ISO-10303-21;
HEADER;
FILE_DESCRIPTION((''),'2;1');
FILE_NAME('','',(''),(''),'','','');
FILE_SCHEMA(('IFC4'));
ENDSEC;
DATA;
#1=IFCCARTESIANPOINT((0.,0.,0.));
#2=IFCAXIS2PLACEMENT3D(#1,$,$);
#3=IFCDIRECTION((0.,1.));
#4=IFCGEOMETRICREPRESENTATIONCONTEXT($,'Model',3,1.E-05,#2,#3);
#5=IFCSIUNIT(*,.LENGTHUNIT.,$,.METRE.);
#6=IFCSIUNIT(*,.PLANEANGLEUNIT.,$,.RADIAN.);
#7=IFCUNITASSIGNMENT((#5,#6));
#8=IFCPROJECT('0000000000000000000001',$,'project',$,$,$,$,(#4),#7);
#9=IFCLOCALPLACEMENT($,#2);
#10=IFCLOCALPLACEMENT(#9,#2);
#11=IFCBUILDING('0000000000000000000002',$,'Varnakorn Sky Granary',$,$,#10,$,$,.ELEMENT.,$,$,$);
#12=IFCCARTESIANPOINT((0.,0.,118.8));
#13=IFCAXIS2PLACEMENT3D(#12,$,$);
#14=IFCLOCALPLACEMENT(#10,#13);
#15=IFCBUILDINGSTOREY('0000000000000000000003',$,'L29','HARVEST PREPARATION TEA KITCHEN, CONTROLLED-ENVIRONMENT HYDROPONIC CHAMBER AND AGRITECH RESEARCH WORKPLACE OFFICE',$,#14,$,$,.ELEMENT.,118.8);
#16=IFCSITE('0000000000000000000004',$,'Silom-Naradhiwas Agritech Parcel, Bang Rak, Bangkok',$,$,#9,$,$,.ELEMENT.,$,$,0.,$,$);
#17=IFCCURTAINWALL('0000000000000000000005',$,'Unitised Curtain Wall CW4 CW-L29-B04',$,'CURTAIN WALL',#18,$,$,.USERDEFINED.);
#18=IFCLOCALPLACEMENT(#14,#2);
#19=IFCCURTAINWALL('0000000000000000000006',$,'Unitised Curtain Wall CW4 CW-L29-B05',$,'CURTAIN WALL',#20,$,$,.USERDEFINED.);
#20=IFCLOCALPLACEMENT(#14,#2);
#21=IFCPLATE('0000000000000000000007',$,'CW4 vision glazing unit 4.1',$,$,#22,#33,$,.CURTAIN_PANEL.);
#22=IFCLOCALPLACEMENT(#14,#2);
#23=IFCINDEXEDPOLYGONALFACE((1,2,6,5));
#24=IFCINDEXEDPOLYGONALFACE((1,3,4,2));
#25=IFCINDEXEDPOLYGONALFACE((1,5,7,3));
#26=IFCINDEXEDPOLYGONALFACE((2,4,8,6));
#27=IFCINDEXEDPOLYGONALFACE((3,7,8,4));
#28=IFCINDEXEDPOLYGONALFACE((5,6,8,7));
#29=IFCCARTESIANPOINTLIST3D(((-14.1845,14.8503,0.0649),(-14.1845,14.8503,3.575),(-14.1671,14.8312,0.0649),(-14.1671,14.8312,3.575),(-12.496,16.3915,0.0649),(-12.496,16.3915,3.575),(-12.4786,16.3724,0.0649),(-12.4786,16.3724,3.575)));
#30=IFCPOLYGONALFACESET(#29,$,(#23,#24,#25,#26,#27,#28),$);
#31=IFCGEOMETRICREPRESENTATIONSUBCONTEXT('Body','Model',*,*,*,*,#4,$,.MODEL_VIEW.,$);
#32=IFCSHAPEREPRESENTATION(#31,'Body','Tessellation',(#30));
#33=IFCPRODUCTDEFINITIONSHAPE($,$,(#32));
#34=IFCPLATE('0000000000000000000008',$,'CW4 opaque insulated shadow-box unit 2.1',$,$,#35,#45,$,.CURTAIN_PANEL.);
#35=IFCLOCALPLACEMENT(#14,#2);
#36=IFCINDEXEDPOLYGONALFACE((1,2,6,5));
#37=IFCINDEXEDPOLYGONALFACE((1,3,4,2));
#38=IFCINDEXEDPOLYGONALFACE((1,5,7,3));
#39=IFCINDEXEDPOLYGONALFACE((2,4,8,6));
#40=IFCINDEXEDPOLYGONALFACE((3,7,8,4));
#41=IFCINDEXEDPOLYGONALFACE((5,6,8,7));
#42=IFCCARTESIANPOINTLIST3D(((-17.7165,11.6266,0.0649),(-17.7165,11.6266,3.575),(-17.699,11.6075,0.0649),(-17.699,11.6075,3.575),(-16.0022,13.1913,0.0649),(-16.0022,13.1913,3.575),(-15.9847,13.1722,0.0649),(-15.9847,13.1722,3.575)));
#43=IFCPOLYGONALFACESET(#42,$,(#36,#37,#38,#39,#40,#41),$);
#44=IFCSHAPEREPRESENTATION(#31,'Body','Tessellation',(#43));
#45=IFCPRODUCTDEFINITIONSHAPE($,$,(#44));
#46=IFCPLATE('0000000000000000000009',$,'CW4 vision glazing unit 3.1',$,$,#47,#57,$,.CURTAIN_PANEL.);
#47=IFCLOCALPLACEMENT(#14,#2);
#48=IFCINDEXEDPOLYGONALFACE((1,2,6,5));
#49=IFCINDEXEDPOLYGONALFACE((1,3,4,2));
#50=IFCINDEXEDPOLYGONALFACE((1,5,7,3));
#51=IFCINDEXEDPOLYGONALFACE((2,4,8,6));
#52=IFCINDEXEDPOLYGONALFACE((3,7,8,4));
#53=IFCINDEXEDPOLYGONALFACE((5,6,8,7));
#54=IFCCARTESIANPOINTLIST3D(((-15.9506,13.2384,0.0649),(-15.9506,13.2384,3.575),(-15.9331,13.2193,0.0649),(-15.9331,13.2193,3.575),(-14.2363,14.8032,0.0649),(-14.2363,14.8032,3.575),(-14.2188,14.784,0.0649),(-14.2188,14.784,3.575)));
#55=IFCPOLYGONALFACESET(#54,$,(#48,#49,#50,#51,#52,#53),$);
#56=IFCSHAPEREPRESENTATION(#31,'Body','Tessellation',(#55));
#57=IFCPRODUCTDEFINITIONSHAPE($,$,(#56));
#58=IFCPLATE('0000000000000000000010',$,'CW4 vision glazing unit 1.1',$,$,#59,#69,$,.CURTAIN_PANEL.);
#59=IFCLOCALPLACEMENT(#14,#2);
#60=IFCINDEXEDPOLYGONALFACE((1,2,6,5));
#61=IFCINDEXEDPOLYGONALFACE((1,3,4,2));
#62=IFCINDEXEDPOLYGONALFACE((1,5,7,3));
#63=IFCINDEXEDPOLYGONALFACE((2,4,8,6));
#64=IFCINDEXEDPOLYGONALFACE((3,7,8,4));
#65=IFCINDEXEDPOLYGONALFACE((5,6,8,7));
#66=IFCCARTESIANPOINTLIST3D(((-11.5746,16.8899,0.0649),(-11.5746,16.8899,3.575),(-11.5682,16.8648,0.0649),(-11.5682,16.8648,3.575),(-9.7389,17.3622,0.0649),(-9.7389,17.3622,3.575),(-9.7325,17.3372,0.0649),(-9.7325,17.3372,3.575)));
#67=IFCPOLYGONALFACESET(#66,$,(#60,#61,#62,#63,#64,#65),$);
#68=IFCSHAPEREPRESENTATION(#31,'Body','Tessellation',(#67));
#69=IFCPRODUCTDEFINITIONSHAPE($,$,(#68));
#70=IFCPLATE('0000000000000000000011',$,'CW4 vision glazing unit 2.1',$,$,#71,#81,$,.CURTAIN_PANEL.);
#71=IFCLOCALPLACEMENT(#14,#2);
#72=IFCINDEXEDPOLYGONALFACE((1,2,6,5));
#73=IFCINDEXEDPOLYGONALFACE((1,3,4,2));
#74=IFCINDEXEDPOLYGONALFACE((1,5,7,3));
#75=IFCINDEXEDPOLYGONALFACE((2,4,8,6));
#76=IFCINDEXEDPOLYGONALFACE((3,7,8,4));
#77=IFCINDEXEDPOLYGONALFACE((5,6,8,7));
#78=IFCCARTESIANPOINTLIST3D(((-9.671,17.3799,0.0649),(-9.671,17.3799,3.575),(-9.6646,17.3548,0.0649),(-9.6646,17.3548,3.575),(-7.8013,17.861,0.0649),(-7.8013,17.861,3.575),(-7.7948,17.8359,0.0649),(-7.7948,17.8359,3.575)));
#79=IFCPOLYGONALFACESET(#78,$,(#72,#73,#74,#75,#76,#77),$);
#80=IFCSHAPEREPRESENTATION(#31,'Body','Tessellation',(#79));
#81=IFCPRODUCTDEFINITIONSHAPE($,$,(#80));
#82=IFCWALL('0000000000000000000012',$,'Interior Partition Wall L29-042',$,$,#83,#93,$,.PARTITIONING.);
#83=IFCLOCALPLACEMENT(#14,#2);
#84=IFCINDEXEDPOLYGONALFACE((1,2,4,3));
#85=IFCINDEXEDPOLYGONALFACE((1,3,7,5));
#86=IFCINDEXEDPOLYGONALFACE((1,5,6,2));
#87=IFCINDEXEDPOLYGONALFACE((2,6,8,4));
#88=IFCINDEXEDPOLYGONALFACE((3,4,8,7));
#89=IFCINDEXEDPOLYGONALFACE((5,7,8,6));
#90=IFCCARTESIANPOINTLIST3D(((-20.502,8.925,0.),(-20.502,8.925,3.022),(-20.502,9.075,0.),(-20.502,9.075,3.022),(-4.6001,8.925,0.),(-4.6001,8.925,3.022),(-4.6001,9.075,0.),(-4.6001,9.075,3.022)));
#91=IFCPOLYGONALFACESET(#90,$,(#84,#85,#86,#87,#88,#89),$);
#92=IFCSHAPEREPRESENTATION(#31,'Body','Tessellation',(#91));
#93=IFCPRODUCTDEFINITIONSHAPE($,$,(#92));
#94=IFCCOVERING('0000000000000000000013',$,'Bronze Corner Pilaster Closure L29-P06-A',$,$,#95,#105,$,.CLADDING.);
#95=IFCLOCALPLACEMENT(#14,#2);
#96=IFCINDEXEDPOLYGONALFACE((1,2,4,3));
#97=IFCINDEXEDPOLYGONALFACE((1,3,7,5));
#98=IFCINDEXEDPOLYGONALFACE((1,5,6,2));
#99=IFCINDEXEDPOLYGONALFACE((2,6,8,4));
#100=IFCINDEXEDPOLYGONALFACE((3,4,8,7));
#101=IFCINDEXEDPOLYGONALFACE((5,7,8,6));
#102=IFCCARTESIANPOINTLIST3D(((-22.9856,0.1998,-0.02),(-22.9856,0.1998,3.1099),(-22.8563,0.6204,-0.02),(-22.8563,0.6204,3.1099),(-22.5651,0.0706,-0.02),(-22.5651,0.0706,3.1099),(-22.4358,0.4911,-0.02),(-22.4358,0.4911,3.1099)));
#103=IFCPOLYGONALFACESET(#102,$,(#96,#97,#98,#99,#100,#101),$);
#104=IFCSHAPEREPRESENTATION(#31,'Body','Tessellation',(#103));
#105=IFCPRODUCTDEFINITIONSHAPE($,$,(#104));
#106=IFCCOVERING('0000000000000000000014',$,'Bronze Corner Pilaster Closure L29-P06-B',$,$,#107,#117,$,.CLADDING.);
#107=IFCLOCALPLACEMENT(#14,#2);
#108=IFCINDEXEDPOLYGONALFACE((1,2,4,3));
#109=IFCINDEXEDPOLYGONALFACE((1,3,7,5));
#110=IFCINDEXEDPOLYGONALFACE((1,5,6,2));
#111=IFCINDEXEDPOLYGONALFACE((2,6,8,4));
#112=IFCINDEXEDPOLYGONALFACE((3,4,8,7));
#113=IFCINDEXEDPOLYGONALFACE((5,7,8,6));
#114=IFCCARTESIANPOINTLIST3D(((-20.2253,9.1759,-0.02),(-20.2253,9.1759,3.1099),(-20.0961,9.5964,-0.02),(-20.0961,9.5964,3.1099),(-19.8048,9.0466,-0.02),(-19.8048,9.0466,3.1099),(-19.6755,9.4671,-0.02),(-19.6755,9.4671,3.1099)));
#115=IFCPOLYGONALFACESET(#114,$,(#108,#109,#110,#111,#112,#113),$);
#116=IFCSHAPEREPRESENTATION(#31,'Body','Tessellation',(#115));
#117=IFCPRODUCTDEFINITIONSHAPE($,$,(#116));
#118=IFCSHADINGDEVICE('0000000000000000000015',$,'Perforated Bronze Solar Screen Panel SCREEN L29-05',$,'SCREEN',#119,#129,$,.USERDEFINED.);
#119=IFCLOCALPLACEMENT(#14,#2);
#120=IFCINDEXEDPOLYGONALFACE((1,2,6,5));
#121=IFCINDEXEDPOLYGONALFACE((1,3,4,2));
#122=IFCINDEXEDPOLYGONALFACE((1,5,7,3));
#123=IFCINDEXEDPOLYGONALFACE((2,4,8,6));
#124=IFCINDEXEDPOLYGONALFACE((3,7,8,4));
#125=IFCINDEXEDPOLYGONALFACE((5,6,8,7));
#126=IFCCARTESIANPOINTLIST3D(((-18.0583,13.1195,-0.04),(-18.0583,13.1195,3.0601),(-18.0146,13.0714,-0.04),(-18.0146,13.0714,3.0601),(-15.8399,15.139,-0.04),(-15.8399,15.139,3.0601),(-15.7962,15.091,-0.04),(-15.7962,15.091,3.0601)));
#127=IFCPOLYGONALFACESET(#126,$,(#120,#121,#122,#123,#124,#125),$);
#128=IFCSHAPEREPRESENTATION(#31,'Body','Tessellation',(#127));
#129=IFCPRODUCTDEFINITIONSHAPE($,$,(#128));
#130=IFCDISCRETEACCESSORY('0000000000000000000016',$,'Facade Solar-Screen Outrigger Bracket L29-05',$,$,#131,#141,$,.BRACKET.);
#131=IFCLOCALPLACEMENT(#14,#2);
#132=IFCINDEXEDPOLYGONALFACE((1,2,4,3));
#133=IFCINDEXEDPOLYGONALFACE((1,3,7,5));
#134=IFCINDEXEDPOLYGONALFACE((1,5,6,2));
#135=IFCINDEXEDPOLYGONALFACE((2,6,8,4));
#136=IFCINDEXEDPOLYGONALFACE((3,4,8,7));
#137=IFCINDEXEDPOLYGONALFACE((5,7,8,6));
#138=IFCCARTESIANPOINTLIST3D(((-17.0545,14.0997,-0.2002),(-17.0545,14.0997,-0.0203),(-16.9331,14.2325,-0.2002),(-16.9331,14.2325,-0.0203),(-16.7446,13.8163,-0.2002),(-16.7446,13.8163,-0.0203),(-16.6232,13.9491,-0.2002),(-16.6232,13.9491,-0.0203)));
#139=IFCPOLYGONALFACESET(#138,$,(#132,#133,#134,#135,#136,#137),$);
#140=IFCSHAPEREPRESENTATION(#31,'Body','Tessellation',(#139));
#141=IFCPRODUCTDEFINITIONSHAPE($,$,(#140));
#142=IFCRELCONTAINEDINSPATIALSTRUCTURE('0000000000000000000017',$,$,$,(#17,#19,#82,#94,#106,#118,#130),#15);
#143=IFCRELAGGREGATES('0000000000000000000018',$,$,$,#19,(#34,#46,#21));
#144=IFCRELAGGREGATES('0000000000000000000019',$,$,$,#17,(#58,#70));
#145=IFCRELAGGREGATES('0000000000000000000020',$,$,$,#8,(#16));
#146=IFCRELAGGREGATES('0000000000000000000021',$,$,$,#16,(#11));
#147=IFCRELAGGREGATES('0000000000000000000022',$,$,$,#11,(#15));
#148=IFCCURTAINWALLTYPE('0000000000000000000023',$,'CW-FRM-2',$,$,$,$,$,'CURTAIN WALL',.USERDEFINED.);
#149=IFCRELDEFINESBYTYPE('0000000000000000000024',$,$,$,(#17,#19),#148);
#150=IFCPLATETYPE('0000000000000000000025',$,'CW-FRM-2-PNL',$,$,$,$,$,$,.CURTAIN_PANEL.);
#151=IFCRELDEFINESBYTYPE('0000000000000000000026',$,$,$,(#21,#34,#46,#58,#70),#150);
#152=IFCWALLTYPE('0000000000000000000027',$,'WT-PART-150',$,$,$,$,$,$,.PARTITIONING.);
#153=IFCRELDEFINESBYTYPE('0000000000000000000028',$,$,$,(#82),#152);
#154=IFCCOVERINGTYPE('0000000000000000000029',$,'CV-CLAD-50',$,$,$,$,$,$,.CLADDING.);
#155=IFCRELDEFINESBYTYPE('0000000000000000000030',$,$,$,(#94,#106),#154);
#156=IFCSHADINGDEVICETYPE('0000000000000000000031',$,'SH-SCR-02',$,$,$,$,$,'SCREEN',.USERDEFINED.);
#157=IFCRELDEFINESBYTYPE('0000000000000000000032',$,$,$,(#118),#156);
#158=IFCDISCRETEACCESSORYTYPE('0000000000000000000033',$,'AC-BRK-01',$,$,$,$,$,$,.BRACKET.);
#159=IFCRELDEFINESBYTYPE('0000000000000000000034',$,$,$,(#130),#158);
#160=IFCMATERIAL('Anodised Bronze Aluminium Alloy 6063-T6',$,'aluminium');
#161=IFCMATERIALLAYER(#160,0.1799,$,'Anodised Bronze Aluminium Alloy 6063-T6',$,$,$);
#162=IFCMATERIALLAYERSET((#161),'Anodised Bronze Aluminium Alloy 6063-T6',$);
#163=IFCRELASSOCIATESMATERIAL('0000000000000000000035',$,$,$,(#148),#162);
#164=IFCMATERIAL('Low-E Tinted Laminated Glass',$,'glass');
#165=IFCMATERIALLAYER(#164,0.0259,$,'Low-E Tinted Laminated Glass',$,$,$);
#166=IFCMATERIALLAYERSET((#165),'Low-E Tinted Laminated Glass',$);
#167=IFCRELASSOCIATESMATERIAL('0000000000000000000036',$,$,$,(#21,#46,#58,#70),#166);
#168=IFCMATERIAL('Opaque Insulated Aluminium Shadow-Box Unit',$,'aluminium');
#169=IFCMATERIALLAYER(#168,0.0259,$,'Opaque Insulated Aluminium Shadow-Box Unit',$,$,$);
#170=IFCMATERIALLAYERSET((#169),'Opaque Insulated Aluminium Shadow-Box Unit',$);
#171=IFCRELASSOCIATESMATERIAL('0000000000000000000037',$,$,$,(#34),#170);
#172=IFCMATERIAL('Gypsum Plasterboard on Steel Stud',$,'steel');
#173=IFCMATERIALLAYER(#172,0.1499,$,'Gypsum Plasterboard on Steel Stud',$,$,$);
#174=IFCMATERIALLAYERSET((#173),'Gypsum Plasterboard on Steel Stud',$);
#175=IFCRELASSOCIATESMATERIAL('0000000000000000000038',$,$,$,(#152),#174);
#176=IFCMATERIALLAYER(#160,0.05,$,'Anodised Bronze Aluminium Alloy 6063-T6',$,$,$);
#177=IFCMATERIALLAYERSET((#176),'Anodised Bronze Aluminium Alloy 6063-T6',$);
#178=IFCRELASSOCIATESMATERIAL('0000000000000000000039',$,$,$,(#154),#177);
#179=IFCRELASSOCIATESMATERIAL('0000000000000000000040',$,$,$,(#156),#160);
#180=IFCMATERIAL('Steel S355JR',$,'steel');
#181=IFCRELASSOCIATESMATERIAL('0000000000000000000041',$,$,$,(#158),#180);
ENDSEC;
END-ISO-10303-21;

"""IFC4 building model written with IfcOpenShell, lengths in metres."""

from ifc_helpers import new_model, si_unit, direction, frame, frame_2d, origin, origin_2d, place, context, subcontext, project, spatial, rectangle, extrude, source, transform, mapped, material, layer, layer_set, type_object, type_shapes, element, aggregate, save


model = new_model("IFC4")

# Units and contexts
model_context = context("Model", 3, precision=1e-05, world=origin(), true_north=direction((0.0, 1.0)))
body_context = subcontext(model_context, "Body", "Model", "MODEL_VIEW")
ifc_project = project(units=[si_unit("LENGTHUNIT", "METRE"), si_unit("PLANEANGLEUNIT", "RADIAN")], contexts=[model_context])

# Site, building, storey
site_placement = place(None, origin())
site = spatial("IfcSite", under=ifc_project, at=site_placement, Name="Silom-Naradhiwas Agritech Parcel, Bang Rak, Bangkok", CompositionType="ELEMENT", RefElevation=0.0)
building_placement = place(site_placement, origin())
building = spatial("IfcBuilding", under=site, at=building_placement, Name="Varnakorn Sky Granary", CompositionType="ELEMENT")
storey_placement = place(building_placement, frame((0.0, 0.0, 118.8)))
storey = spatial("IfcBuildingStorey", under=building, at=storey_placement, Name="L29", Description="HARVEST PREPARATION TEA KITCHEN, CONTROLLED-ENVIRONMENT HYDROPONIC CHAMBER AND AGRITECH RESEARCH WORKPLACE OFFICE", CompositionType="ELEMENT", Elevation=118.8)

# Shared definitions
ifc_material_1 = material(Name="Steel S355JR", Category="steel")

# Curtain walls
ifc_material_2 = material(Name="Anodised Bronze Aluminium Alloy 6063-T6", Category="aluminium")
ifc_layer_1 = layer(ifc_material_2, 0.1799, Name="Anodised Bronze Aluminium Alloy 6063-T6")
ifc_layer_set_1 = layer_set([ifc_layer_1], Name="Anodised Bronze Aluminium Alloy 6063-T6")
curtain_wall_type = type_object("IfcCurtainWallType", Name="CW-FRM-2", ElementType="CURTAIN WALL", PredefinedType="USERDEFINED", material=ifc_layer_set_1)
curtain_wall_1_placement = place(storey_placement, origin())
curtain_wall_1 = element("IfcCurtainWall", 1, at=curtain_wall_1_placement, inside=storey, type_object=curtain_wall_type, Name="Unitised Curtain Wall CW4 CW-L29-B04", ObjectType="CURTAIN WALL", PredefinedType="USERDEFINED")
curtain_wall_2_placement = place(storey_placement, origin())
curtain_wall_2 = element("IfcCurtainWall", 2, at=curtain_wall_2_placement, inside=storey, type_object=curtain_wall_type, Name="Unitised Curtain Wall CW4 CW-L29-B05", ObjectType="CURTAIN WALL", PredefinedType="USERDEFINED")

# Plates
ifc_material_3 = material(Name="Opaque Insulated Aluminium Shadow-Box Unit", Category="aluminium")
ifc_layer_2 = layer(ifc_material_3, 0.0259, Name="Opaque Insulated Aluminium Shadow-Box Unit")
ifc_layer_set_2 = layer_set([ifc_layer_2], Name="Opaque Insulated Aluminium Shadow-Box Unit")
plate_type = type_object("IfcPlateType", Name="CW-FRM-2-PNL", PredefinedType="CURTAIN_PANEL")
shared_shape_1 = source(origin(), body_context, "Body", "SweptSolid", [
    extrude(rectangle(XDim=2.2861, YDim=0.0259, at=origin_2d()), origin(), (0.0, 0.0, 1.0), 3.51),
])
ifc_material_4 = material(Name="Low-E Tinted Laminated Glass", Category="glass")
ifc_layer_3 = layer(ifc_material_4, 0.0259, Name="Low-E Tinted Laminated Glass")
ifc_layer_set_3 = layer_set([ifc_layer_3], Name="Low-E Tinted Laminated Glass")
plate_1_placement = place(storey_placement, frame((-13.3315, 15.6113, 0.0649), z_axis=(0.0, 0.0, 1.0), x_axis=(0.738592, 0.674153, 0.0)))
plate_1 = element("IfcPlate", 3, at=plate_1_placement, type_object=plate_type, material=ifc_layer_set_3, Name="CW4 vision glazing unit 4.1", PredefinedType="CURTAIN_PANEL", context=body_context, shape_type="MappedRepresentation", body=[
    mapped(shared_shape_1, transform((0.0, 0.0, 0.0), x_axis=(1.0, 0.0, 0.0), y_axis=(0.0, 1.0, 0.0), z_axis=(0.0, 0.0, 1.0), scale=1.0)),
])
shared_shape_2 = source(origin(), body_context, "Body", "SweptSolid", [
    extrude(rectangle(XDim=2.321, YDim=0.0259, at=origin_2d()), origin(), (0.0, 0.0, 1.0), 3.51),
])
plate_2_placement = place(storey_placement, frame((-16.8506, 12.3994, 0.0649), z_axis=(0.0, 0.0, 1.0), x_axis=(0.738592, 0.674153, 0.0)))
plate_2 = element("IfcPlate", 4, at=plate_2_placement, type_object=plate_type, material=ifc_layer_set_2, Name="CW4 opaque insulated shadow-box unit 2.1", PredefinedType="CURTAIN_PANEL", context=body_context, shape_type="MappedRepresentation", body=[
    mapped(shared_shape_2, transform((0.0, 0.0, 0.0), x_axis=(1.0, 0.0, 0.0), y_axis=(0.0, 1.0, 0.0), z_axis=(0.0, 0.0, 1.0), scale=1.0)),
])
plate_3_placement = place(storey_placement, frame((-15.0847, 14.0112, 0.0649), z_axis=(0.0, 0.0, 1.0), x_axis=(0.738592, 0.674153, 0.0)))
plate_3 = element("IfcPlate", 5, at=plate_3_placement, type_object=plate_type, material=ifc_layer_set_3, Name="CW4 vision glazing unit 3.1", PredefinedType="CURTAIN_PANEL", context=body_context, shape_type="MappedRepresentation", body=[
    mapped(shared_shape_2, transform((0.0, 0.0, 0.0), x_axis=(1.0, 0.0, 0.0), y_axis=(0.0, 1.0, 0.0), z_axis=(0.0, 0.0, 1.0), scale=1.0)),
])
aggregate(curtain_wall_2, [plate_2, plate_3, plate_1])
shared_shape_3 = source(origin(), body_context, "Body", "SweptSolid", [
    extrude(rectangle(XDim=1.8955, YDim=0.0259, at=origin_2d()), origin(), (0.0, 0.0, 1.0), 3.51),
])
plate_4_placement = place(storey_placement, frame((-10.6536, 17.1135, 0.0649), z_axis=(0.0, 0.0, 1.0), x_axis=(0.968453, 0.249196, 0.0)))
plate_4 = element("IfcPlate", 6, at=plate_4_placement, type_object=plate_type, material=ifc_layer_set_3, Name="CW4 vision glazing unit 1.1", PredefinedType="CURTAIN_PANEL", context=body_context, shape_type="MappedRepresentation", body=[
    mapped(shared_shape_3, transform((0.0, 0.0, 0.0), x_axis=(1.0, 0.0, 0.0), y_axis=(0.0, 1.0, 0.0), z_axis=(0.0, 0.0, 1.0), scale=1.0)),
])
shared_shape_4 = source(origin(), body_context, "Body", "SweptSolid", [
    extrude(rectangle(XDim=1.9307, YDim=0.0259, at=origin_2d()), origin(), (0.0, 0.0, 1.0), 3.51),
])
type_shapes(plate_type, [shared_shape_1, shared_shape_2, shared_shape_3, shared_shape_4])
plate_5_placement = place(storey_placement, frame((-8.7329, 17.6079, 0.0649), z_axis=(0.0, 0.0, 1.0), x_axis=(0.968453, 0.249196, 0.0)))
plate_5 = element("IfcPlate", 7, at=plate_5_placement, type_object=plate_type, material=ifc_layer_set_3, Name="CW4 vision glazing unit 2.1", PredefinedType="CURTAIN_PANEL", context=body_context, shape_type="MappedRepresentation", body=[
    mapped(shared_shape_4, transform((0.0, 0.0, 0.0), x_axis=(1.0, 0.0, 0.0), y_axis=(0.0, 1.0, 0.0), z_axis=(0.0, 0.0, 1.0), scale=1.0)),
])
aggregate(curtain_wall_1, [plate_4, plate_5])

# Wall
ifc_material_5 = material(Name="Gypsum Plasterboard on Steel Stud", Category="steel")
ifc_layer_4 = layer(ifc_material_5, 0.1499, Name="Gypsum Plasterboard on Steel Stud")
ifc_layer_set_4 = layer_set([ifc_layer_4], Name="Gypsum Plasterboard on Steel Stud")
wall_type = type_object("IfcWallType", Name="WT-PART-150", PredefinedType="PARTITIONING", material=ifc_layer_set_4)
wall_placement = place(storey_placement, frame((-20.502, 9.0, 0.0), z_axis=(0.0, 0.0, 1.0), x_axis=(1.0, 0.0, 0.0)))
element("IfcWall", 8, at=wall_placement, inside=storey, type_object=wall_type, Name="Interior Partition Wall L29-042", PredefinedType="PARTITIONING", context=body_context, shape_type="SweptSolid", body=[
    extrude(rectangle(XDim=15.9019, YDim=0.1499, at=frame_2d((7.9509, 0.0))), origin(), (0.0, 0.0, 1.0), 3.022),
])

# Coverings
ifc_layer_5 = layer(ifc_material_2, 0.05, Name="Anodised Bronze Aluminium Alloy 6063-T6")
ifc_layer_set_5 = layer_set([ifc_layer_5], Name="Anodised Bronze Aluminium Alloy 6063-T6")
covering_type = type_object("IfcCoveringType", Name="CV-CLAD-50", PredefinedType="CLADDING", material=ifc_layer_set_5)
shared_shape_5 = source(origin(), body_context, "Body", "SweptSolid", [
    extrude(rectangle(XDim=0.4399, YDim=0.4399, at=origin_2d()), origin(), (0.0, 0.0, 1.0), 3.1299),
])
type_shapes(covering_type, [shared_shape_5])
for number, where, z_axis, x_axis, name in (
    (9, (-22.7107, 0.3455, -0.02), (0.0, 0.0, 1.0), (0.293874, 0.955844, 0.0), "Bronze Corner Pilaster Closure L29-P06-A"),
    (10, (-19.9504, 9.3215, -0.02), (0.0, 0.0, 1.0), (0.293874, 0.955844, 0.0), "Bronze Corner Pilaster Closure L29-P06-B"),
):
    element("IfcCovering", number, at=place(storey_placement, frame(where, z_axis=z_axis, x_axis=x_axis)), inside=storey, type_object=covering_type, Name=name, PredefinedType="CLADDING", context=body_context, shape_type="MappedRepresentation", body=[
        mapped(shared_shape_5, transform((0.0, 0.0, 0.0), x_axis=(1.0, 0.0, 0.0), y_axis=(0.0, 1.0, 0.0), z_axis=(0.0, 0.0, 1.0), scale=1.0)),
    ])

# Shading device
shading_device_type = type_object("IfcShadingDeviceType", Name="SH-SCR-02", ElementType="SCREEN", PredefinedType="USERDEFINED", material=ifc_material_2)
shared_shape_6 = source(origin(), body_context, "Body", "SweptSolid", [
    extrude(rectangle(XDim=3.0, YDim=0.0649, at=origin_2d()), origin(), (0.0, 0.0, 1.0), 3.1001),
])
type_shapes(shading_device_type, [shared_shape_6])
shading_device_placement = place(storey_placement, frame((-16.9272, 14.1052, -0.04), z_axis=(0.0, 0.0, 1.0), x_axis=(-0.739478, -0.673181, 0.0)))
element("IfcShadingDevice", 11, at=shading_device_placement, inside=storey, type_object=shading_device_type, Name="Perforated Bronze Solar Screen Panel SCREEN L29-05", ObjectType="SCREEN", PredefinedType="USERDEFINED", context=body_context, shape_type="MappedRepresentation", body=[
    mapped(shared_shape_6, transform((0.0, 0.0, 0.0), x_axis=(1.0, 0.0, 0.0), y_axis=(0.0, 1.0, 0.0), z_axis=(0.0, 0.0, 1.0), scale=1.0)),
])

# Discrete accessory
discrete_accessory_type = type_object("IfcDiscreteAccessoryType", Name="AC-BRK-01", PredefinedType="BRACKET", material=ifc_material_1)
shared_shape_7 = source(origin(), body_context, "Body", "SweptSolid", [
    extrude(rectangle(XDim=0.1799, YDim=0.4199, at=origin_2d()), origin(), (0.0, 0.0, 1.0), 0.1799),
])
type_shapes(discrete_accessory_type, [shared_shape_7])
discrete_accessory_placement = place(storey_placement, frame((-16.8389, 14.0244, -0.2002), z_axis=(0.0, 0.0, 1.0), x_axis=(-0.674779, -0.73802, 0.0)))
element("IfcDiscreteAccessory", 12, at=discrete_accessory_placement, inside=storey, type_object=discrete_accessory_type, Name="Facade Solar-Screen Outrigger Bracket L29-05", PredefinedType="BRACKET", context=body_context, shape_type="MappedRepresentation", body=[
    mapped(shared_shape_7, transform((0.0, 0.0, 0.0), x_axis=(1.0, 0.0, 0.0), y_axis=(0.0, 1.0, 0.0), z_axis=(0.0, 0.0, 1.0), scale=1.0)),
])

save(model, "model.ifc")
